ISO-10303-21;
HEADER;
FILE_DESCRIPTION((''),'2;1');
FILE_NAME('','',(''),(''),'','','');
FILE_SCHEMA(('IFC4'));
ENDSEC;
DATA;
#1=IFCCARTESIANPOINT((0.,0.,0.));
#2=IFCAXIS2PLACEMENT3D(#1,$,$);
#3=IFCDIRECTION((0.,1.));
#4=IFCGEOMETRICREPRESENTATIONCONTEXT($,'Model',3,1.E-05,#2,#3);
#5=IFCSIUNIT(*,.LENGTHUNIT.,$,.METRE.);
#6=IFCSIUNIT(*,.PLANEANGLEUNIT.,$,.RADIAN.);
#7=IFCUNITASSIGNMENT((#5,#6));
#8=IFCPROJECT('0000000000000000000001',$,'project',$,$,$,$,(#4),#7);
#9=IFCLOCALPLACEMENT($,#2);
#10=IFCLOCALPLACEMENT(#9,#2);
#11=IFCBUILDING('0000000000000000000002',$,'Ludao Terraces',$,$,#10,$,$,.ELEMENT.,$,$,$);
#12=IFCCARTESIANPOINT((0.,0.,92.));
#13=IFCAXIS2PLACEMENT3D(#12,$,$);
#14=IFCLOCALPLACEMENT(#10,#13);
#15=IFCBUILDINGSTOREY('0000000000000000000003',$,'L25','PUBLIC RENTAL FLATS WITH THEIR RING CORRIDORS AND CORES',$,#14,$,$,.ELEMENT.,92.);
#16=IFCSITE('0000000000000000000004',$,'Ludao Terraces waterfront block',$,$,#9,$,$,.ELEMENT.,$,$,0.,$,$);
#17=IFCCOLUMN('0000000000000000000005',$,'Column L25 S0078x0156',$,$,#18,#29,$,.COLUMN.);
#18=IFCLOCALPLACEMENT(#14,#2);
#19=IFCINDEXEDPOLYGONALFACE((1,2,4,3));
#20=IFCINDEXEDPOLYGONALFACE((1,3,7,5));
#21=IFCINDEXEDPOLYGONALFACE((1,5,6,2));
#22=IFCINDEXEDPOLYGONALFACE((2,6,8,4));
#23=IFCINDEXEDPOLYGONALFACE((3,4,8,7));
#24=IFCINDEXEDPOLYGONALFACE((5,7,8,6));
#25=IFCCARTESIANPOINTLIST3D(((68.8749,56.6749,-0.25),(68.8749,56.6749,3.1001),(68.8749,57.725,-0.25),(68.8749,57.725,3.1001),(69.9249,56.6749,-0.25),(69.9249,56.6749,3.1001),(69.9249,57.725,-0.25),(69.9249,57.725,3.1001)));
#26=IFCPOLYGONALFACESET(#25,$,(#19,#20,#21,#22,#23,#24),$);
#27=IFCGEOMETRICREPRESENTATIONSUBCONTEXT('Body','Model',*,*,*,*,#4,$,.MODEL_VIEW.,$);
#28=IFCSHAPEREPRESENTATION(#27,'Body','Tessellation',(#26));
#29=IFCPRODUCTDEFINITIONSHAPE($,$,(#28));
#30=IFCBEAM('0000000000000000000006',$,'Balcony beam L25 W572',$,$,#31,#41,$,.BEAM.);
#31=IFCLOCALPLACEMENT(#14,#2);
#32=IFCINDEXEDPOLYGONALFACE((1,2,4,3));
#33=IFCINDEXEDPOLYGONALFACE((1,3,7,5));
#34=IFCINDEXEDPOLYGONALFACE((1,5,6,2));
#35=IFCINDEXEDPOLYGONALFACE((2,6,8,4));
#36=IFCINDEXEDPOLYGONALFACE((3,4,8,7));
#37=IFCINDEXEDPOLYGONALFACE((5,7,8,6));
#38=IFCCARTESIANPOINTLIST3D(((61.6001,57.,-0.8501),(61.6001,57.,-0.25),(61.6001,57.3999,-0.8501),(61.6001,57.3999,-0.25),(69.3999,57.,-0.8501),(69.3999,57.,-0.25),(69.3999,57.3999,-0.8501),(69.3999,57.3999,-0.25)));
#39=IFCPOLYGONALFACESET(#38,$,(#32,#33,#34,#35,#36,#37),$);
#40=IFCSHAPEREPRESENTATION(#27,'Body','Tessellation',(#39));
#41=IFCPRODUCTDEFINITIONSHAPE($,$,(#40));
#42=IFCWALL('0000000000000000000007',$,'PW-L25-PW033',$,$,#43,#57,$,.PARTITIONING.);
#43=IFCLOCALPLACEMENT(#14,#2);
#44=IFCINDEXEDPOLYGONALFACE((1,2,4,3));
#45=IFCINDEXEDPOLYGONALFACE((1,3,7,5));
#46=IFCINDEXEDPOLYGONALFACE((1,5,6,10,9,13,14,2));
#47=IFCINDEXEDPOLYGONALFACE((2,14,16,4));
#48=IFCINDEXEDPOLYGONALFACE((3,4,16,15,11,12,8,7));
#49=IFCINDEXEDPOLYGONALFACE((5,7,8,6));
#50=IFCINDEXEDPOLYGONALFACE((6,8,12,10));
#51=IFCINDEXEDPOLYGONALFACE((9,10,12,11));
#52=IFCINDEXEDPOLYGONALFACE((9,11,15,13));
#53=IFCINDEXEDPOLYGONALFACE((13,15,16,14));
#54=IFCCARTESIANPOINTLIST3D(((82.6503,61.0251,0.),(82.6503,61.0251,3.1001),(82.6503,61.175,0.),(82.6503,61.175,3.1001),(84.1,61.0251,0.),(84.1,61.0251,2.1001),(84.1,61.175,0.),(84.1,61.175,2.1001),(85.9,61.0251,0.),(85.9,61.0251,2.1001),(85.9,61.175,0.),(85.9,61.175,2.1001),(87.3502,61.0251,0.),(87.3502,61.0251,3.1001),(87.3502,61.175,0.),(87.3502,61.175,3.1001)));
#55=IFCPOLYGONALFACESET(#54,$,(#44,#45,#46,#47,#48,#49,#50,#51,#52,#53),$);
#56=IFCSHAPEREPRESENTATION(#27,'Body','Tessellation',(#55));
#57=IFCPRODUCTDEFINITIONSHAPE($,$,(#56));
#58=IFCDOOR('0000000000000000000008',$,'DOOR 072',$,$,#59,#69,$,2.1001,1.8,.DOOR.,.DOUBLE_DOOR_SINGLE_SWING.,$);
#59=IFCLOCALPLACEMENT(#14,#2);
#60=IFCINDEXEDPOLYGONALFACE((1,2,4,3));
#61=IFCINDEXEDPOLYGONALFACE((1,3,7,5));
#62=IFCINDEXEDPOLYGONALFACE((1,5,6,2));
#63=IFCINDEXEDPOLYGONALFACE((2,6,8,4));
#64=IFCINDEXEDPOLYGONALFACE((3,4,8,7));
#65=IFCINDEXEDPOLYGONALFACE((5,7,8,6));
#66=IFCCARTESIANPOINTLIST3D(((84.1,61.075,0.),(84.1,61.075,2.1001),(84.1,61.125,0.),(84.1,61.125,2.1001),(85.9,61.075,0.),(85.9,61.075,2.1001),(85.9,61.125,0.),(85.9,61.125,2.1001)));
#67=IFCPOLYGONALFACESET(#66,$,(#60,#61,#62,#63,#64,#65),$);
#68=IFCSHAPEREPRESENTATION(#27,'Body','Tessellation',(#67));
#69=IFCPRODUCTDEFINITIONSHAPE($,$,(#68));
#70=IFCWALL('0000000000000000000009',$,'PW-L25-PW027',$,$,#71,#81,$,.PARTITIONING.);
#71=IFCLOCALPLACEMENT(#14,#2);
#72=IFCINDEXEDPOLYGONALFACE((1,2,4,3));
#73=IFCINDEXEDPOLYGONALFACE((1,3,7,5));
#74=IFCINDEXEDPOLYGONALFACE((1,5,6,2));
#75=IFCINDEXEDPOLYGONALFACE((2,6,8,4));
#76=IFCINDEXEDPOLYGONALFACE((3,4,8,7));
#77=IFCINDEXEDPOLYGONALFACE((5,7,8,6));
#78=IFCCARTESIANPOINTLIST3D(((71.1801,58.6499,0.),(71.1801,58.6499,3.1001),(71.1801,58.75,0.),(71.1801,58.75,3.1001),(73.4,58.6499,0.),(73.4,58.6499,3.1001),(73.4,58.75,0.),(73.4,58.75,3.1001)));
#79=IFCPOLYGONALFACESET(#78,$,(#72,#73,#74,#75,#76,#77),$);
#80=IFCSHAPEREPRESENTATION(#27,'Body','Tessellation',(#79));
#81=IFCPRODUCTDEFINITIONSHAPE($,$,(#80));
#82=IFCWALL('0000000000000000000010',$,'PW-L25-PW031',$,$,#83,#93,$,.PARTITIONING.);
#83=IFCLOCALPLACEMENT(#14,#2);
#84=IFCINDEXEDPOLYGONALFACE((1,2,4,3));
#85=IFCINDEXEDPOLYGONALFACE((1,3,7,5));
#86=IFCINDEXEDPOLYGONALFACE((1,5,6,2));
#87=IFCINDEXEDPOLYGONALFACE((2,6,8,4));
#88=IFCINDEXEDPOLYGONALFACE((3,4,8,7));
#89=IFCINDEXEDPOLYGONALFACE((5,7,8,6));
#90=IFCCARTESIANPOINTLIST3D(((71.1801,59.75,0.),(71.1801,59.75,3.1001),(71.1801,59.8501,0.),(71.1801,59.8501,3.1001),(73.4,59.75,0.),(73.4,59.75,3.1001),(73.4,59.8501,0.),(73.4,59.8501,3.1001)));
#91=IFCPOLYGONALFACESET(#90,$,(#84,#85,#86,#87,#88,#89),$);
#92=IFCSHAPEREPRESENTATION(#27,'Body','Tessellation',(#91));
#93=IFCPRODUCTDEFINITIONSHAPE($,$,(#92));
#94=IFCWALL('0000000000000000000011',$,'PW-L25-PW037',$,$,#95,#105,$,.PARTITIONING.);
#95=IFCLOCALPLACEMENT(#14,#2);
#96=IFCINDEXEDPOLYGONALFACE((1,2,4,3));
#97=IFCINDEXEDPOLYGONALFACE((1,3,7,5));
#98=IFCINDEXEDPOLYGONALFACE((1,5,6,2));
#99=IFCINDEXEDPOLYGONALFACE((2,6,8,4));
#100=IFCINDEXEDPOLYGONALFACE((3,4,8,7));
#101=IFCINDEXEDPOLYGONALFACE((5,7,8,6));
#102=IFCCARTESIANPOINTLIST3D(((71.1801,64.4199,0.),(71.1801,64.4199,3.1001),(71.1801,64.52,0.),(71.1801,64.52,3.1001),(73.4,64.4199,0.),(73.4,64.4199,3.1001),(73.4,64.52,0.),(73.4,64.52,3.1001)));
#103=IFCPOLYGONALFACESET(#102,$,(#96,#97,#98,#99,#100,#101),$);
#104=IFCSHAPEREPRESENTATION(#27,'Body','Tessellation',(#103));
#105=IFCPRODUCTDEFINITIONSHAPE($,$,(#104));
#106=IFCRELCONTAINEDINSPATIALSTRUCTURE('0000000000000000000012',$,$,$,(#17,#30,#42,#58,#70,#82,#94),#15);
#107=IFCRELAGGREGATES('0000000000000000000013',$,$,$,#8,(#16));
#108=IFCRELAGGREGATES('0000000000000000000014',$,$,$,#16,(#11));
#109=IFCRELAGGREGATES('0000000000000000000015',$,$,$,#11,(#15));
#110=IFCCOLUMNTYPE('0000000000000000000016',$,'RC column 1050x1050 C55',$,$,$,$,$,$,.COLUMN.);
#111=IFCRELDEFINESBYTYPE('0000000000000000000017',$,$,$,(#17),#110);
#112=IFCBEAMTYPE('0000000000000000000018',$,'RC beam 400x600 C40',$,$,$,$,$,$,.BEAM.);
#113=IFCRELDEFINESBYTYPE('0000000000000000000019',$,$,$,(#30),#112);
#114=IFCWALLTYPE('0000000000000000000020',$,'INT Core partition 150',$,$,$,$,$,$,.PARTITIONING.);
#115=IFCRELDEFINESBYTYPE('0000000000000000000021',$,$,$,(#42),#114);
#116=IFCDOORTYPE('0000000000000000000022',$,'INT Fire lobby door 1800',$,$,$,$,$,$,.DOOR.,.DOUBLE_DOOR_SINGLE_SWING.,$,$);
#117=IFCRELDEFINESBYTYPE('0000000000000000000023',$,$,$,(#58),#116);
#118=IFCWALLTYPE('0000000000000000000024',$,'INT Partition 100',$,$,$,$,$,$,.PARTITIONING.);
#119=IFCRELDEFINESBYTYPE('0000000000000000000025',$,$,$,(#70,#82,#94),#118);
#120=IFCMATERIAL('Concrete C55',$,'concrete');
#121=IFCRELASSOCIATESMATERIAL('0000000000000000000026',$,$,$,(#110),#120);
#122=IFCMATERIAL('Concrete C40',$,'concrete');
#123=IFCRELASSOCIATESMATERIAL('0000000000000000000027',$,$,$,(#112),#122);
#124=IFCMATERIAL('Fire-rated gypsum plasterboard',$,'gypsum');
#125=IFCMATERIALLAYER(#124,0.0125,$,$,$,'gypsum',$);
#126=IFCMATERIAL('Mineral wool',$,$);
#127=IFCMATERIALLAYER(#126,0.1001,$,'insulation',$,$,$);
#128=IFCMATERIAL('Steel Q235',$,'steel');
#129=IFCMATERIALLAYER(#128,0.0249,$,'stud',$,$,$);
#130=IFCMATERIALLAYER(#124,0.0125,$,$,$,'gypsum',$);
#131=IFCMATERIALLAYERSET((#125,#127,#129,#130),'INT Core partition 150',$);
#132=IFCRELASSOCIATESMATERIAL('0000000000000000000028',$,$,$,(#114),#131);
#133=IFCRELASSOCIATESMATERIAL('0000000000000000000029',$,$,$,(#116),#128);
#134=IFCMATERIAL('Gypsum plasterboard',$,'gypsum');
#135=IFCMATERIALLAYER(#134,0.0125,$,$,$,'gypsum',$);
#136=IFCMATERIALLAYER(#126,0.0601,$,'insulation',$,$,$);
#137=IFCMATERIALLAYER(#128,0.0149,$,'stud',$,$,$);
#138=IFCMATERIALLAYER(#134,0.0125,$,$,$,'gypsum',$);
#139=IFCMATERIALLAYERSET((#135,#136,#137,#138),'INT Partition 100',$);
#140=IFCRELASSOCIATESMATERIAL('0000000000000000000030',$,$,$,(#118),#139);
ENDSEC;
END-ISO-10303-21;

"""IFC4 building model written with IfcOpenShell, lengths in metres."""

from ifc_helpers import new_model, si_unit, direction, frame, frame_2d, origin, origin_2d, place, context, subcontext, project, spatial, rectangle, extrude, material, layer, layer_set, material_profile, profile_set, type_object, element, fill, save


model = new_model("IFC4")

# Units and contexts
model_context = context("Model", 3, precision=1e-05, world=origin(), true_north=direction((0.0, 1.0)))
body_context = subcontext(model_context, "Body", "Model", "MODEL_VIEW")
ifc_project = project(units=[si_unit("LENGTHUNIT", "METRE"), si_unit("PLANEANGLEUNIT", "RADIAN")], contexts=[model_context])

# Site, building, storey
site_placement = place(None, origin())
site = spatial("IfcSite", under=ifc_project, at=site_placement, Name="Ludao Terraces waterfront block", CompositionType="ELEMENT", RefElevation=0.0)
building_placement = place(site_placement, origin())
building = spatial("IfcBuilding", under=site, at=building_placement, Name="Ludao Terraces", CompositionType="ELEMENT")
storey_placement = place(building_placement, frame((0.0, 0.0, 92.0)))
storey = spatial("IfcBuildingStorey", under=building, at=storey_placement, Name="L25", Description="PUBLIC RENTAL FLATS WITH THEIR RING CORRIDORS AND CORES", CompositionType="ELEMENT", Elevation=92.0)

# Column
ifc_material_1 = material(Name="Concrete C55", Category="concrete")
ifc_material_profile_1 = material_profile(ifc_material_1, rectangle(XDim=1.05, YDim=1.05, at=origin_2d()), Name="1050 X 1050")
ifc_profile_set_1 = profile_set([ifc_material_profile_1], Name="Concrete C55")
column_type = type_object("IfcColumnType", Name="RC column 1050x1050 C55", PredefinedType="COLUMN", material=ifc_profile_set_1)
column_placement = place(storey_placement, frame((69.3999, 57.2, -0.25), z_axis=(0.0, 0.0, 1.0), x_axis=(1.0, 0.0, 0.0)))
element("IfcColumn", 1, at=column_placement, inside=storey, type_object=column_type, Name="Column L25 S0078x0156", PredefinedType="COLUMN", context=body_context, shape_type="SweptSolid", body=[
    extrude(rectangle(XDim=1.05, YDim=1.05, at=origin_2d()), origin(), (0.0, 0.0, 1.0), 3.3501),
])

# Beam
ifc_material_2 = material(Name="Concrete C40", Category="concrete")
ifc_material_profile_2 = material_profile(ifc_material_2, rectangle(XDim=0.3999, YDim=0.6001, at=origin_2d()), Name="400 X 600")
ifc_profile_set_2 = profile_set([ifc_material_profile_2], Name="Concrete C40")
beam_type = type_object("IfcBeamType", Name="RC beam 400x600 C40", PredefinedType="BEAM", material=ifc_profile_set_2)
beam_placement = place(storey_placement, frame((69.3999, 57.2, -0.55), z_axis=(-1.0, 0.0, 0.0), x_axis=(0.0, -1.0, 0.0)))
element("IfcBeam", 2, at=beam_placement, inside=storey, type_object=beam_type, Name="Balcony beam L25 W572", PredefinedType="BEAM", context=body_context, shape_type="SweptSolid", body=[
    extrude(rectangle(XDim=0.3999, YDim=0.6001, at=origin_2d()), origin(), (0.0, 0.0, 1.0), 7.7998),
])

# Wall, opening, door
ifc_material_3 = material(Name="Fire-rated gypsum plasterboard", Category="gypsum")
ifc_layer_1 = layer(ifc_material_3, 0.0125, Category="gypsum")
ifc_material_4 = material(Name="Mineral wool")
ifc_layer_2 = layer(ifc_material_4, 0.1001, Name="insulation")
ifc_material_5 = material(Name="Steel Q235", Category="steel")
ifc_layer_3 = layer(ifc_material_5, 0.0249, Name="stud")
ifc_layer_4 = layer(ifc_material_3, 0.0125, Category="gypsum")
ifc_layer_set_1 = layer_set([ifc_layer_1, ifc_layer_2, ifc_layer_3, ifc_layer_4], Name="INT Core partition 150")
wall_type_1 = type_object("IfcWallType", Name="INT Core partition 150", PredefinedType="PARTITIONING", material=ifc_layer_set_1)
wall_1_placement = place(storey_placement, frame((82.6501, 61.1001, 0.0), z_axis=(0.0, 0.0, 1.0), x_axis=(1.0, 0.0, 0.0)))
wall_1 = element("IfcWall", 3, at=wall_1_placement, inside=storey, type_object=wall_type_1, Name="PW-L25-PW033", PredefinedType="PARTITIONING", context=body_context, shape_type="SweptSolid", body=[
    extrude(rectangle(XDim=4.7, YDim=0.1499, at=frame_2d((2.3501, 0.0))), origin(), (0.0, 0.0, 1.0), 3.1001),
])
opening_1_placement = place(wall_1_placement, frame((1.45, 0.0, 0.0)))
opening_1 = element("IfcOpeningElement", 4, at=opening_1_placement, cuts=wall_1, PredefinedType="OPENING", context=body_context, shape_type="SweptSolid", body=[
    extrude(rectangle(XDim=1.8, YDim=2.1001, at=frame_2d((0.8999, 1.05))), frame((0.0, 0.085, 0.0), z_axis=(0.0, -1.0, 0.0), x_axis=(1.0, 0.0, 0.0)), (0.0, 0.0, 1.0), 0.1699),
])
door_type_1 = type_object("IfcDoorType", Name="INT Fire lobby door 1800", OperationType="DOUBLE_DOOR_SINGLE_SWING", PredefinedType="DOOR", material=ifc_material_5)
door_1_placement = place(opening_1_placement, origin())
door_1 = element("IfcDoor", 5, at=door_1_placement, inside=storey, type_object=door_type_1, Name="DOOR 072", OperationType="DOUBLE_DOOR_SINGLE_SWING", OverallHeight=2.1001, OverallWidth=1.8, PredefinedType="DOOR", context=body_context, shape_type="SweptSolid", body=[
    extrude(rectangle(XDim=1.8, YDim=2.1001, at=frame_2d((0.8999, 1.05))), frame((0.0, 0.0249, 0.0), z_axis=(0.0, -1.0, 0.0), x_axis=(1.0, 0.0, 0.0)), (0.0, 0.0, 1.0), 0.05),
])
fill(opening_1, door_1)

# Walls
ifc_material_6 = material(Name="Gypsum plasterboard", Category="gypsum")
ifc_layer_5 = layer(ifc_material_6, 0.0125, Category="gypsum")
ifc_layer_6 = layer(ifc_material_4, 0.0601, Name="insulation")
ifc_layer_7 = layer(ifc_material_5, 0.0149, Name="stud")
ifc_layer_8 = layer(ifc_material_6, 0.0125, Category="gypsum")
ifc_layer_set_2 = layer_set([ifc_layer_5, ifc_layer_6, ifc_layer_7, ifc_layer_8], Name="INT Partition 100")
wall_type_2 = type_object("IfcWallType", Name="INT Partition 100", PredefinedType="PARTITIONING", material=ifc_layer_set_2)
for number, where, z_axis, x_axis, name in (
    (6, (71.1802, 58.7, 0.0), (0.0, 0.0, 1.0), (1.0, 0.0, 0.0), "PW-L25-PW027"),
    (7, (71.1802, 59.8, 0.0), (0.0, 0.0, 1.0), (1.0, 0.0, 0.0), "PW-L25-PW031"),
    (8, (71.1802, 64.47, 0.0), (0.0, 0.0, 1.0), (1.0, 0.0, 0.0), "PW-L25-PW037"),
):
    element("IfcWall", number, at=place(storey_placement, frame(where, z_axis=z_axis, x_axis=x_axis)), inside=storey, type_object=wall_type_2, Name=name, PredefinedType="PARTITIONING", context=body_context, shape_type="SweptSolid", body=[
        extrude(rectangle(XDim=2.22, YDim=0.1001, at=frame_2d((1.1099, 0.0))), origin(), (0.0, 0.0, 1.0), 3.1001),
    ])

save(model, "model.ifc")
